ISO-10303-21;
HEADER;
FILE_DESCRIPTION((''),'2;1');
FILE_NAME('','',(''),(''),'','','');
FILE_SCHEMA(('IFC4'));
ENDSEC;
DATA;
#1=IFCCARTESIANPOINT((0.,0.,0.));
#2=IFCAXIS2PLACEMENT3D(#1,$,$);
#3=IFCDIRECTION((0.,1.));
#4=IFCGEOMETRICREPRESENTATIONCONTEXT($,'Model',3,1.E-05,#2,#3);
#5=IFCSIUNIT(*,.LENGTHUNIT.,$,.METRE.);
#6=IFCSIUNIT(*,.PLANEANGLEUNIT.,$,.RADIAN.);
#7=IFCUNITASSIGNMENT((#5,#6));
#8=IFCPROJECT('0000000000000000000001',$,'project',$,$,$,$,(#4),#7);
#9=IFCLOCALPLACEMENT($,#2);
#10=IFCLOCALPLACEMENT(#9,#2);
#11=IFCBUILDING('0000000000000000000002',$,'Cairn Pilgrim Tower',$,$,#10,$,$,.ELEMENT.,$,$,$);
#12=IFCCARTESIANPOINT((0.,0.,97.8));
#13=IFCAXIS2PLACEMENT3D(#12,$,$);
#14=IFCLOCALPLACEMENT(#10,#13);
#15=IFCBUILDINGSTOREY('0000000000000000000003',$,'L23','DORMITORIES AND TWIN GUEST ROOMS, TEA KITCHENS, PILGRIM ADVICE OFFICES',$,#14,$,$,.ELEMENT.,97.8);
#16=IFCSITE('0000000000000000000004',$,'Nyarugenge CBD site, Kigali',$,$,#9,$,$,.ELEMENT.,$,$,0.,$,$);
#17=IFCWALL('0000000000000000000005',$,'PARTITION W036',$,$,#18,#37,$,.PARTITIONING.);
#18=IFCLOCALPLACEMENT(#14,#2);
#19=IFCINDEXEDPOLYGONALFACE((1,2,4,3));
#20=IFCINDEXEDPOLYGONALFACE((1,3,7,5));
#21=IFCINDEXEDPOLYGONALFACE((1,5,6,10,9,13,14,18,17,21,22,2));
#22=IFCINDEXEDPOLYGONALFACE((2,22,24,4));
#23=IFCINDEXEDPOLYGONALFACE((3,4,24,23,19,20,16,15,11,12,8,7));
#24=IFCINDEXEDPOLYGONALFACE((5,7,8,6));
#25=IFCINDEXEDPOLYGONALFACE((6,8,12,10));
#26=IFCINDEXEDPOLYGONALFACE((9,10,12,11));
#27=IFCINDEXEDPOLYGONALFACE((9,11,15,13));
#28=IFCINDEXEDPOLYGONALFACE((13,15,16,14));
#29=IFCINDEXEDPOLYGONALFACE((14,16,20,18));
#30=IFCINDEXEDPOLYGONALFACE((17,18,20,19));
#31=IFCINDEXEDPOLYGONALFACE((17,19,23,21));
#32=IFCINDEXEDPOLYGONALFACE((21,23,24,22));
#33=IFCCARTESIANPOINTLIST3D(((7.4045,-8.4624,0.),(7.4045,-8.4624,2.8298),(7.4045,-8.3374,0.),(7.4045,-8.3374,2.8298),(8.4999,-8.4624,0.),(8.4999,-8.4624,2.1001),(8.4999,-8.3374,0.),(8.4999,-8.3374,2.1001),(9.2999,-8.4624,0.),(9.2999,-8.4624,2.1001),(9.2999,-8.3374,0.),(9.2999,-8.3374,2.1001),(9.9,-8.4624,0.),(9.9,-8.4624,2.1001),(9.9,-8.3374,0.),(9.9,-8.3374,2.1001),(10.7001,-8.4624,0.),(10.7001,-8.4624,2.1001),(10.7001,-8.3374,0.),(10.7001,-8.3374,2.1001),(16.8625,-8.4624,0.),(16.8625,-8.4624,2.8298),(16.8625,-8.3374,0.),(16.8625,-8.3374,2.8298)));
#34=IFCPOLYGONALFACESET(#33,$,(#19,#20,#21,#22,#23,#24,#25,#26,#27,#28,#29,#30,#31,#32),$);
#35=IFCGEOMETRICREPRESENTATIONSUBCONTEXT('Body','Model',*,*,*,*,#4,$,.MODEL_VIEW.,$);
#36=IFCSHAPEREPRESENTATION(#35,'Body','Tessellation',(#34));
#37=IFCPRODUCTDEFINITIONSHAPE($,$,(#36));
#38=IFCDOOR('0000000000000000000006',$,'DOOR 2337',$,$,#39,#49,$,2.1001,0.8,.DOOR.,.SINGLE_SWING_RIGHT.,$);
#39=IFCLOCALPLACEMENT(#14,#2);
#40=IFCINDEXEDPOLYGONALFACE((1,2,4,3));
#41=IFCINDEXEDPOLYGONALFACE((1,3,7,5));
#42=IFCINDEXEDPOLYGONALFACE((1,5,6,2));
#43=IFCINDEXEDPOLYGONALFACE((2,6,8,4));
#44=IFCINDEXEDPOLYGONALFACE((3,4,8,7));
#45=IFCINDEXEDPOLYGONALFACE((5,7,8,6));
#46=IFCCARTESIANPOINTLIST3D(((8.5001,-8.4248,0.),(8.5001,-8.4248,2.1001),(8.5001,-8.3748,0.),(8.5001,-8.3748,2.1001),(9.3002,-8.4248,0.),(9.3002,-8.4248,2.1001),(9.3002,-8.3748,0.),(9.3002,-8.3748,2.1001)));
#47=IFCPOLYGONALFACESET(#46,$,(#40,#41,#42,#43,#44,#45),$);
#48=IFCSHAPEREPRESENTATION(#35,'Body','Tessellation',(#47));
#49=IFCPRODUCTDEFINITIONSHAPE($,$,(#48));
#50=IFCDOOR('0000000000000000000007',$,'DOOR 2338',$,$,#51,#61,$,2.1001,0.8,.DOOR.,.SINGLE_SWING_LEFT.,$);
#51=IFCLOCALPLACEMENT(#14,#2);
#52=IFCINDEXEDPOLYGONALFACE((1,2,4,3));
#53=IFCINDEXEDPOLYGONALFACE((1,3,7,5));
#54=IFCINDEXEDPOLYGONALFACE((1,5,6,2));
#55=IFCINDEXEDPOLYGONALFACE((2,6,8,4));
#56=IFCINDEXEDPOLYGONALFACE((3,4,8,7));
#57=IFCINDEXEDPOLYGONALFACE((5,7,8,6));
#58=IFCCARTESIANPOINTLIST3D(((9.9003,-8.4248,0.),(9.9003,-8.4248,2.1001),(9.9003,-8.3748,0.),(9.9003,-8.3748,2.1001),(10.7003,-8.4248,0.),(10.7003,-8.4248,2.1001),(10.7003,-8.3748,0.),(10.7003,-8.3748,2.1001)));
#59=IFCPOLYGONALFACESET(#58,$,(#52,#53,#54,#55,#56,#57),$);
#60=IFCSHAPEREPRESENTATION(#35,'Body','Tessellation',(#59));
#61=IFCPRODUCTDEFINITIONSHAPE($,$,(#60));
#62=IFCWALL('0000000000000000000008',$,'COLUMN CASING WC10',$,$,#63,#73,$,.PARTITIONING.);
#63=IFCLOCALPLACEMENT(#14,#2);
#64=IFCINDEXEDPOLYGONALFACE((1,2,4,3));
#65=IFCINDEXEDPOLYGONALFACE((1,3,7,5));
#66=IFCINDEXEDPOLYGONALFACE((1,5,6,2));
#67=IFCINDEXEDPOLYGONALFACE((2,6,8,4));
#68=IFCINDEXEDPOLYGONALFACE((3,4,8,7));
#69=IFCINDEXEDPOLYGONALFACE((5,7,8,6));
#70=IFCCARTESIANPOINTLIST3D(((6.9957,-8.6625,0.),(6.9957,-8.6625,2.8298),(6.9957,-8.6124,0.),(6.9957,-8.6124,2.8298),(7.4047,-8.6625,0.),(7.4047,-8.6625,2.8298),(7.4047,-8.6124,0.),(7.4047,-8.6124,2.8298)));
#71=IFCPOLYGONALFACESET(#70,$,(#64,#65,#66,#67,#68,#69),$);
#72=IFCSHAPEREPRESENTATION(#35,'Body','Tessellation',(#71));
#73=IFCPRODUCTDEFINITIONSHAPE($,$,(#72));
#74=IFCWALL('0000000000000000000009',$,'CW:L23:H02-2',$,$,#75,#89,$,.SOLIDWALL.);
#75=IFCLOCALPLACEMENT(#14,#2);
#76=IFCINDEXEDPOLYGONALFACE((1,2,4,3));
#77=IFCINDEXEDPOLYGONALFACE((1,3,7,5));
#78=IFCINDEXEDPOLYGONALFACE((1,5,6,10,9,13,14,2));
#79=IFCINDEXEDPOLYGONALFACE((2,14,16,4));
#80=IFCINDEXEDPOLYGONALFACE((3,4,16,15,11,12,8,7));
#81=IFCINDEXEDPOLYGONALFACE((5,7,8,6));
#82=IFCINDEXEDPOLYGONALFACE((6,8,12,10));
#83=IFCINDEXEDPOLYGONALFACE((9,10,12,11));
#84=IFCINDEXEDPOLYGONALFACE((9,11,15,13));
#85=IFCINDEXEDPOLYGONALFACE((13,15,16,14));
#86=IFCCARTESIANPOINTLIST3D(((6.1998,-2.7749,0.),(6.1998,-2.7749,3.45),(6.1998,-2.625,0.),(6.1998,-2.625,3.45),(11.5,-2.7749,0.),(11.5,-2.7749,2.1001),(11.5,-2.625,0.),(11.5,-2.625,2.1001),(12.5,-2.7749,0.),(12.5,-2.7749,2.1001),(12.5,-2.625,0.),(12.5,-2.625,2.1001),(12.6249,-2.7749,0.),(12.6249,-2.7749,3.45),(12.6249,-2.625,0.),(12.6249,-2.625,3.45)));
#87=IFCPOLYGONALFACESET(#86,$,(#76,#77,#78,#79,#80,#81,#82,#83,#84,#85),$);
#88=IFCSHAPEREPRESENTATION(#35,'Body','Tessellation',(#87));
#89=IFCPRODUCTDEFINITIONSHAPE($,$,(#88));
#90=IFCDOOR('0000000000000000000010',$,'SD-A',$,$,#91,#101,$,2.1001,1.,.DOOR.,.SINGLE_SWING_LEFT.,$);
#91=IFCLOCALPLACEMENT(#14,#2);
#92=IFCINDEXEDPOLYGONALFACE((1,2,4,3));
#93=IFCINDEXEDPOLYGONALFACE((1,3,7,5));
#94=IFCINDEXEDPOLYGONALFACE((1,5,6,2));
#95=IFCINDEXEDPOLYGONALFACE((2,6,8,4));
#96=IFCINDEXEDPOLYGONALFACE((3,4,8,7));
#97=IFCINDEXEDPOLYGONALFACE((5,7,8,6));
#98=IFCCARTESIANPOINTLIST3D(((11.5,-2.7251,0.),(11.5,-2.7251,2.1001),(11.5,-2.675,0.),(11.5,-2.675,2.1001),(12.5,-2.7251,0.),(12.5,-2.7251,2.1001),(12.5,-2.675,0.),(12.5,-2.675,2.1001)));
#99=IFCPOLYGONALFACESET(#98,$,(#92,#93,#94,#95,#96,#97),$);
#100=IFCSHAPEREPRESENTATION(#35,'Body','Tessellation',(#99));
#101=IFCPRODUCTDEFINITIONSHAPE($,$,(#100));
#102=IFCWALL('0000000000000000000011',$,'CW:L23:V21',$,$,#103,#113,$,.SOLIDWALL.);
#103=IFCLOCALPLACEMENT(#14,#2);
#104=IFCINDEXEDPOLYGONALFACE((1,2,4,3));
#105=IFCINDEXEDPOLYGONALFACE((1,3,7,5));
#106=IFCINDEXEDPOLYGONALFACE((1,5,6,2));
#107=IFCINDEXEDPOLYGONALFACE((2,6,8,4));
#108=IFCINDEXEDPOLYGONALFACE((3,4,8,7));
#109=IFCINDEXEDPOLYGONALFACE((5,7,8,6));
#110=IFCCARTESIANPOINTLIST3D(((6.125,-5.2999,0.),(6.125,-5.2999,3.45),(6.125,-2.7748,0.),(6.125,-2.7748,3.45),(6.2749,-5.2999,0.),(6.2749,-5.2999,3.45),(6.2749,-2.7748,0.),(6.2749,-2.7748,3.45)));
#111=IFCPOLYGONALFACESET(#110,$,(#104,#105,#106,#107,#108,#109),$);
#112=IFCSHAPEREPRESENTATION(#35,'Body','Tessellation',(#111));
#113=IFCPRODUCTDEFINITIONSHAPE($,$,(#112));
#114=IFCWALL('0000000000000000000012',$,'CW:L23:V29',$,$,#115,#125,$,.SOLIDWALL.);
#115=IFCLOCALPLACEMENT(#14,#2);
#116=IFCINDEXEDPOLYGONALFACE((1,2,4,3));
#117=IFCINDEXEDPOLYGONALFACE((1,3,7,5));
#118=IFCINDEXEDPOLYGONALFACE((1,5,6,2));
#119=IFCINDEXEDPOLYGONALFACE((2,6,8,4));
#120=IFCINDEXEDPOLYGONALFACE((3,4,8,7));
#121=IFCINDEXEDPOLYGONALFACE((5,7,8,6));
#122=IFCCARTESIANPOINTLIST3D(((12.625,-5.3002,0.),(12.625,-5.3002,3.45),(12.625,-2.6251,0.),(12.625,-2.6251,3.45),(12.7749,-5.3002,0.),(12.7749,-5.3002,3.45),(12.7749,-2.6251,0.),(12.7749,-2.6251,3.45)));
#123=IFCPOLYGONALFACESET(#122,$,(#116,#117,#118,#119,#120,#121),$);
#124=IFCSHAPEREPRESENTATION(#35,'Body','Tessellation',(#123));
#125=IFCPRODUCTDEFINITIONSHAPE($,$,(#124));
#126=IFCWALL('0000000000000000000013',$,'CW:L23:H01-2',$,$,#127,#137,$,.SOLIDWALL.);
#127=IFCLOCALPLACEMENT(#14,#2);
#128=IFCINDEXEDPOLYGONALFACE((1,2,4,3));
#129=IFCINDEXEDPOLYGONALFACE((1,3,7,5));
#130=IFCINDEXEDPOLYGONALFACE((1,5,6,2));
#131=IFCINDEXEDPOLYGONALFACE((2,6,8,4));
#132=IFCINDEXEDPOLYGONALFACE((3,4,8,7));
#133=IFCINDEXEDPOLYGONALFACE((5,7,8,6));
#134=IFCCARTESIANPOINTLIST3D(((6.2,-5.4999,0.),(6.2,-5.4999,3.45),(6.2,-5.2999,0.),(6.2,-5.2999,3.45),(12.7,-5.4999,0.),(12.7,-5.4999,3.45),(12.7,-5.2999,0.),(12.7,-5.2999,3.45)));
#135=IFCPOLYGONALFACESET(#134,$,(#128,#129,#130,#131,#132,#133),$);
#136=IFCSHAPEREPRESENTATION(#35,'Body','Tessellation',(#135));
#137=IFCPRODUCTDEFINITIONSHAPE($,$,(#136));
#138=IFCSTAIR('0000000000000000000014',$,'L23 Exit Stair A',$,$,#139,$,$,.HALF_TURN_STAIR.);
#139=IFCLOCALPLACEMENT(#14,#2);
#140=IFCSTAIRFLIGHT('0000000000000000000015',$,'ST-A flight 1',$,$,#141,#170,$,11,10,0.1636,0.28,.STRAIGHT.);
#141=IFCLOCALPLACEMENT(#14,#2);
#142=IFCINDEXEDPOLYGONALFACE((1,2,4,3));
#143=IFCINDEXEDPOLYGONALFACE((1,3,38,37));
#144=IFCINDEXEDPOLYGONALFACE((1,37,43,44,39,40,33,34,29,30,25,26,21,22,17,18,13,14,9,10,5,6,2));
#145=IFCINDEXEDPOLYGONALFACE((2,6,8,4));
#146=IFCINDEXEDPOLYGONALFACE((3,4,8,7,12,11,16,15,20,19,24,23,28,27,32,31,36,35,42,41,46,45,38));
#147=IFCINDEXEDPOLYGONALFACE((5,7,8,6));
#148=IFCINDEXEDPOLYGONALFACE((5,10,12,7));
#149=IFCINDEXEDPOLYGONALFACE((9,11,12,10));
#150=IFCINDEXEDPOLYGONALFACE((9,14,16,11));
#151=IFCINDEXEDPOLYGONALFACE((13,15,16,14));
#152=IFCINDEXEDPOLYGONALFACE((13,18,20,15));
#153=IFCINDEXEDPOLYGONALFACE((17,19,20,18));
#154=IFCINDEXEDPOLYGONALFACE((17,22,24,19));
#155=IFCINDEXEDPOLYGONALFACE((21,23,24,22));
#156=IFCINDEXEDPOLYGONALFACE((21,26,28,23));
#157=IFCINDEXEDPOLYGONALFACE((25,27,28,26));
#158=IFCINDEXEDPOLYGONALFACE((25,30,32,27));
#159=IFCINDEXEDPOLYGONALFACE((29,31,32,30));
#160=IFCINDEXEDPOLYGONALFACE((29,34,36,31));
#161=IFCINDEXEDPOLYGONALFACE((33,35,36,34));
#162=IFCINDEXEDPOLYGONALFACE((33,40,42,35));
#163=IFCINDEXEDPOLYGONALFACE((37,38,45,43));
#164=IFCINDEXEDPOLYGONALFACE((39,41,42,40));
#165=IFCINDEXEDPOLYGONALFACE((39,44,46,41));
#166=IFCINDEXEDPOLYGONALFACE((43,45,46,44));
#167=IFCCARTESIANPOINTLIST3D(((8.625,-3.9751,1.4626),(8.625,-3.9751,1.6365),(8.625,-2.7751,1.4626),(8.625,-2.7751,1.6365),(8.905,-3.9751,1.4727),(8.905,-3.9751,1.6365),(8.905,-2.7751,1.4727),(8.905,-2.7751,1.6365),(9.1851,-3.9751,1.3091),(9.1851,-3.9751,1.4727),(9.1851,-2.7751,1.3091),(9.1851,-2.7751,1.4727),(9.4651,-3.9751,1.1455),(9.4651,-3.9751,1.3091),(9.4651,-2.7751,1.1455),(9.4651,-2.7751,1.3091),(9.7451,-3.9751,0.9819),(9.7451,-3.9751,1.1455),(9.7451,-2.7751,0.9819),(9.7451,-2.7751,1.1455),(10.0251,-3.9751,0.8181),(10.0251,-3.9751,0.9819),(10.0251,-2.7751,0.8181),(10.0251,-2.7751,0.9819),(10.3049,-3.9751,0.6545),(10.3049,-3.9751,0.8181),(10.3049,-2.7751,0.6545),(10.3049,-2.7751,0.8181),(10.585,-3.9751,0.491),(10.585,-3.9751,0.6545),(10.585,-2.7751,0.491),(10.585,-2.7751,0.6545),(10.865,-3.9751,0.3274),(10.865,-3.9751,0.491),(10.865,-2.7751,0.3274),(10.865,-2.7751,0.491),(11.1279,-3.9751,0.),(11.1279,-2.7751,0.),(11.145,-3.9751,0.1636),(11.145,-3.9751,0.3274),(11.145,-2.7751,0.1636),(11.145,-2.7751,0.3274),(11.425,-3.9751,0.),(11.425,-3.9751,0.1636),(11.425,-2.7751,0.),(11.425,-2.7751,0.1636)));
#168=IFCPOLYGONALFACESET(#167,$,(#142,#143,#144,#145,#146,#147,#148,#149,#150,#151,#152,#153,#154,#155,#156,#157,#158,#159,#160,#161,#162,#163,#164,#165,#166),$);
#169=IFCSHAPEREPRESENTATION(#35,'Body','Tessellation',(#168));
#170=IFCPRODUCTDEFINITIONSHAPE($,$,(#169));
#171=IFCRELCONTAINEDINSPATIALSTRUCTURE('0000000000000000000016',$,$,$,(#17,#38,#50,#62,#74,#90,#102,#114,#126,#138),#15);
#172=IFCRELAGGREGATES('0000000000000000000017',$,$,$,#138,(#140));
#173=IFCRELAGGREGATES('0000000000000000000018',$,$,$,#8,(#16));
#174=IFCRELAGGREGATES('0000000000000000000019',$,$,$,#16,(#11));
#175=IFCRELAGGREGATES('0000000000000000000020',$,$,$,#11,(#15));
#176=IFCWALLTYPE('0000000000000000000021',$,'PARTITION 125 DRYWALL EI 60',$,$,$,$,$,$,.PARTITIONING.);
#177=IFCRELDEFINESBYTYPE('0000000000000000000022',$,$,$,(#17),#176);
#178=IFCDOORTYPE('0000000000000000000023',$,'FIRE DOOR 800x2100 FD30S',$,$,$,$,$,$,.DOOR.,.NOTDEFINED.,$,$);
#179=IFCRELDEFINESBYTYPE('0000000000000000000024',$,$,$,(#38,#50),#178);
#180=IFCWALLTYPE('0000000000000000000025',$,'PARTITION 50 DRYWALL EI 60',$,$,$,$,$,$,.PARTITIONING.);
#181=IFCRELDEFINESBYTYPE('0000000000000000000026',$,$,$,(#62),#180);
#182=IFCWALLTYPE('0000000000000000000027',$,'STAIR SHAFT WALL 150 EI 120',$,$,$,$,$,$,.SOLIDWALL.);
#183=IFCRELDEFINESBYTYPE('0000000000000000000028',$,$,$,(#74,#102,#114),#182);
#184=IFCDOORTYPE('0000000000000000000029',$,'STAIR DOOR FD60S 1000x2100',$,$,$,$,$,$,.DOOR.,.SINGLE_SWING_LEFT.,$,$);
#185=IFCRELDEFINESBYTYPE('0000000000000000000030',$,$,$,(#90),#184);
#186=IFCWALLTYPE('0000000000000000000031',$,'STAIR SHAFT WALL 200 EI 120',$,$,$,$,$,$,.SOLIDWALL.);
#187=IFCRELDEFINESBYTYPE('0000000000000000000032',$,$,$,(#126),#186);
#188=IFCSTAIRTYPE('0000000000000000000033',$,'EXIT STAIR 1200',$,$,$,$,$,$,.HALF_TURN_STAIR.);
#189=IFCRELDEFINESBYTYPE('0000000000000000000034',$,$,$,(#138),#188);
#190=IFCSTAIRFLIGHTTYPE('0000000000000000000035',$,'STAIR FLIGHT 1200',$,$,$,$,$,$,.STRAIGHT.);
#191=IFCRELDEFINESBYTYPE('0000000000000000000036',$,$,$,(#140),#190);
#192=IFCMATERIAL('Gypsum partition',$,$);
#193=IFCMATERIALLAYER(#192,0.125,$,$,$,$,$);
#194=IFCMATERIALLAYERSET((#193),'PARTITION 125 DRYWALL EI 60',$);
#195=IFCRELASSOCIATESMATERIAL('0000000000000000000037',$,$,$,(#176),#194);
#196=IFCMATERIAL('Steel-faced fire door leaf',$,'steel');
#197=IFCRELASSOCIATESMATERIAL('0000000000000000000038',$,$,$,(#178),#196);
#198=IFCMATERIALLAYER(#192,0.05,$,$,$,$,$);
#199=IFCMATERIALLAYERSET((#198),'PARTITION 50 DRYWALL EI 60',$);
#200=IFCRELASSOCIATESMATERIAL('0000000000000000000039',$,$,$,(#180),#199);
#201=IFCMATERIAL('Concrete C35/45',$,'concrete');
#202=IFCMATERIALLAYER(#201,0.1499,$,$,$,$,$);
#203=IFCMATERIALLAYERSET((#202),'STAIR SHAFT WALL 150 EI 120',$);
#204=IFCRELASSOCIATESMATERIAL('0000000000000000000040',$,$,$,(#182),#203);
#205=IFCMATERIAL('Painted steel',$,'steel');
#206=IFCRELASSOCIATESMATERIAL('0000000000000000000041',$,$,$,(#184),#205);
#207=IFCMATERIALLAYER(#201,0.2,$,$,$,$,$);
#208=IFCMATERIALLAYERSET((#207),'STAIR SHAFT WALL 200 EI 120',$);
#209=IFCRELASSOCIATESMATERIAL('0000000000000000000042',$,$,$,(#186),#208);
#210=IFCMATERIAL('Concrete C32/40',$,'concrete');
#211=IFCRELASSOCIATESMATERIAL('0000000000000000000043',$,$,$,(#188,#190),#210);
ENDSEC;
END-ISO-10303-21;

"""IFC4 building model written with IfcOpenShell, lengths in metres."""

from ifc_helpers import new_model, si_unit, direction, frame, frame_2d, origin, place, context, subcontext, project, spatial, polyline, rectangle, outline, extrude, material, layer, layer_set, type_object, element, fill, aggregate, save


model = new_model("IFC4")

# Units and contexts
model_context = context("Model", 3, precision=1e-05, world=origin(), true_north=direction((0.0, 1.0)))
body_context = subcontext(model_context, "Body", "Model", "MODEL_VIEW")
ifc_project = project(units=[si_unit("LENGTHUNIT", "METRE"), si_unit("PLANEANGLEUNIT", "RADIAN")], contexts=[model_context])

# Site, building, storey
site_placement = place(None, origin())
site = spatial("IfcSite", under=ifc_project, at=site_placement, Name="Nyarugenge CBD site, Kigali", CompositionType="ELEMENT", RefElevation=0.0)
building_placement = place(site_placement, origin())
building = spatial("IfcBuilding", under=site, at=building_placement, Name="Cairn Pilgrim Tower", CompositionType="ELEMENT")
storey_placement = place(building_placement, frame((0.0, 0.0, 97.8)))
storey = spatial("IfcBuildingStorey", under=building, at=storey_placement, Name="L23", Description="DORMITORIES AND TWIN GUEST ROOMS, TEA KITCHENS, PILGRIM ADVICE OFFICES", CompositionType="ELEMENT", Elevation=97.8)

# Shared definitions
ifc_material_1 = material(Name="Concrete C32/40", Category="concrete")

# Shared definitions
ifc_material_2 = material(Name="Painted steel", Category="steel")

# Shared definitions
ifc_material_3 = material(Name="Gypsum partition")
ifc_layer_1 = layer(ifc_material_3, 0.125)
ifc_layer_set_1 = layer_set([ifc_layer_1], Name="PARTITION 125 DRYWALL EI 60")
wall_type_1 = type_object("IfcWallType", Name="PARTITION 125 DRYWALL EI 60", PredefinedType="PARTITIONING", material=ifc_layer_set_1)

# Wall, openings, doors
wall_1_placement = place(storey_placement, frame((7.4045, -8.3999, 0.0), z_axis=(0.0, 0.0, 1.0), x_axis=(1.0, 0.0, 0.0)))
wall_1 = element("IfcWall", 1, at=wall_1_placement, inside=storey, type_object=wall_type_1, Name="PARTITION W036", PredefinedType="PARTITIONING", context=body_context, shape_type="SweptSolid", body=[
    extrude(rectangle(XDim=9.458, YDim=0.125, at=frame_2d((4.729, 0.0))), origin(), (0.0, 0.0, 1.0), 2.8298),
])
opening_1_placement = place(wall_1_placement, frame((1.0955, 0.0, 0.0)))
opening_1 = element("IfcOpeningElement", 2, at=opening_1_placement, cuts=wall_1, PredefinedType="OPENING", context=body_context, shape_type="SweptSolid", body=[
    extrude(rectangle(XDim=0.8, YDim=2.1001, at=frame_2d((0.3999, 1.05))), frame((0.0, 0.0725, 0.0), z_axis=(0.0, -1.0, 0.0), x_axis=(1.0, 0.0, 0.0)), (0.0, 0.0, 1.0), 0.145),
])
opening_2_placement = place(wall_1_placement, frame((2.4956, 0.0, 0.0)))
opening_2 = element("IfcOpeningElement", 3, at=opening_2_placement, cuts=wall_1, PredefinedType="OPENING", context=body_context, shape_type="SweptSolid", body=[
    extrude(rectangle(XDim=0.8, YDim=2.1001, at=frame_2d((0.3999, 1.05))), frame((0.0, 0.0725, 0.0), z_axis=(0.0, -1.0, 0.0), x_axis=(1.0, 0.0, 0.0)), (0.0, 0.0, 1.0), 0.145),
])
ifc_material_4 = material(Name="Steel-faced fire door leaf", Category="steel")
door_type_1 = type_object("IfcDoorType", Name="FIRE DOOR 800x2100 FD30S", OperationType="NOTDEFINED", PredefinedType="DOOR", material=ifc_material_4)
door_1_placement = place(opening_1_placement, frame((0.8, 0.0, 0.0), z_axis=(0.0, 0.0, 1.0), x_axis=(-1.0, 0.0, 0.0)))
door_1 = element("IfcDoor", 4, at=door_1_placement, inside=storey, type_object=door_type_1, Name="DOOR 2337", OperationType="SINGLE_SWING_RIGHT", OverallHeight=2.1001, OverallWidth=0.8, PredefinedType="DOOR", context=body_context, shape_type="SweptSolid", body=[
    extrude(rectangle(XDim=0.8, YDim=2.1001, at=frame_2d((0.3999, 1.05))), frame((0.0, 0.0249, 0.0), z_axis=(0.0, -1.0, 0.0), x_axis=(1.0, 0.0, 0.0)), (0.0, 0.0, 1.0), 0.05),
])
fill(opening_1, door_1)
door_2_placement = place(opening_2_placement, frame((0.8, 0.0, 0.0), z_axis=(0.0, 0.0, 1.0), x_axis=(-1.0, 0.0, 0.0)))
door_2 = element("IfcDoor", 5, at=door_2_placement, inside=storey, type_object=door_type_1, Name="DOOR 2338", OperationType="SINGLE_SWING_LEFT", OverallHeight=2.1001, OverallWidth=0.8, PredefinedType="DOOR", context=body_context, shape_type="SweptSolid", body=[
    extrude(rectangle(XDim=0.8, YDim=2.1001, at=frame_2d((0.3999, 1.05))), frame((0.0, 0.0249, 0.0), z_axis=(0.0, -1.0, 0.0), x_axis=(1.0, 0.0, 0.0)), (0.0, 0.0, 1.0), 0.05),
])
fill(opening_2, door_2)

# Wall
ifc_layer_2 = layer(ifc_material_3, 0.05)
ifc_layer_set_2 = layer_set([ifc_layer_2], Name="PARTITION 50 DRYWALL EI 60")
wall_type_2 = type_object("IfcWallType", Name="PARTITION 50 DRYWALL EI 60", PredefinedType="PARTITIONING", material=ifc_layer_set_2)
wall_2_placement = place(storey_placement, frame((6.9956, -8.6375, 0.0), z_axis=(0.0, 0.0, 1.0), x_axis=(1.0, 0.0, 0.0)))
element("IfcWall", 6, at=wall_2_placement, inside=storey, type_object=wall_type_2, Name="COLUMN CASING WC10", PredefinedType="PARTITIONING", context=body_context, shape_type="SweptSolid", body=[
    extrude(rectangle(XDim=0.4089, YDim=0.05, at=frame_2d((0.2046, 0.0))), origin(), (0.0, 0.0, 1.0), 2.8298),
])

# Wall, opening, door
ifc_material_5 = material(Name="Concrete C35/45", Category="concrete")
ifc_layer_3 = layer(ifc_material_5, 0.1499)
ifc_layer_set_3 = layer_set([ifc_layer_3], Name="STAIR SHAFT WALL 150 EI 120")
wall_type_3 = type_object("IfcWallType", Name="STAIR SHAFT WALL 150 EI 120", PredefinedType="SOLIDWALL", material=ifc_layer_set_3)
wall_3_placement = place(storey_placement, frame((6.2, -2.7, 0.0), z_axis=(0.0, 0.0, 1.0), x_axis=(1.0, 0.0, 0.0)))
wall_3 = element("IfcWall", 7, at=wall_3_placement, inside=storey, type_object=wall_type_3, Name="CW:L23:H02-2", PredefinedType="SOLIDWALL", context=body_context, shape_type="SweptSolid", body=[
    extrude(rectangle(XDim=6.425, YDim=0.1499, at=frame_2d((3.2124, 0.0))), origin(), (0.0, 0.0, 1.0), 3.45),
])
opening_3_placement = place(wall_3_placement, frame((5.3, 0.0, 0.0)))
opening_3 = element("IfcOpeningElement", 8, at=opening_3_placement, cuts=wall_3, PredefinedType="OPENING", context=body_context, shape_type="SweptSolid", body=[
    extrude(rectangle(XDim=1.0, YDim=2.1001, at=frame_2d((0.5, 1.05))), frame((0.0, 0.085, 0.0), z_axis=(0.0, -1.0, 0.0), x_axis=(1.0, 0.0, 0.0)), (0.0, 0.0, 1.0), 0.1699),
])
door_type_2 = type_object("IfcDoorType", Name="STAIR DOOR FD60S 1000x2100", OperationType="SINGLE_SWING_LEFT", PredefinedType="DOOR", material=ifc_material_2)
door_3_placement = place(opening_3_placement, origin())
door_3 = element("IfcDoor", 9, at=door_3_placement, inside=storey, type_object=door_type_2, Name="SD-A", OperationType="SINGLE_SWING_LEFT", OverallHeight=2.1001, OverallWidth=1.0, PredefinedType="DOOR", context=body_context, shape_type="SweptSolid", body=[
    extrude(rectangle(XDim=1.0, YDim=2.1001, at=frame_2d((0.5, 1.05))), frame((0.0, 0.0249, 0.0), z_axis=(0.0, -1.0, 0.0), x_axis=(1.0, 0.0, 0.0)), (0.0, 0.0, 1.0), 0.05),
])
fill(opening_3, door_3)

# Walls
wall_4_placement = place(storey_placement, frame((6.2, -5.3, 0.0), z_axis=(0.0, 0.0, 1.0), x_axis=(0.0, 1.0, 0.0)))
element("IfcWall", 10, at=wall_4_placement, inside=storey, type_object=wall_type_3, Name="CW:L23:V21", PredefinedType="SOLIDWALL", context=body_context, shape_type="SweptSolid", body=[
    extrude(rectangle(XDim=2.5251, YDim=0.1499, at=frame_2d((1.2627, 0.0))), origin(), (0.0, 0.0, 1.0), 3.45),
])
wall_5_placement = place(storey_placement, frame((12.7, -5.3, 0.0), z_axis=(0.0, 0.0, 1.0), x_axis=(0.0, 1.0, 0.0)))
element("IfcWall", 11, at=wall_5_placement, inside=storey, type_object=wall_type_3, Name="CW:L23:V29", PredefinedType="SOLIDWALL", context=body_context, shape_type="SweptSolid", body=[
    extrude(rectangle(XDim=2.675, YDim=0.1499, at=frame_2d((1.3374, 0.0))), origin(), (0.0, 0.0, 1.0), 3.45),
])
ifc_layer_4 = layer(ifc_material_5, 0.2)
ifc_layer_set_4 = layer_set([ifc_layer_4], Name="STAIR SHAFT WALL 200 EI 120")
wall_type_4 = type_object("IfcWallType", Name="STAIR SHAFT WALL 200 EI 120", PredefinedType="SOLIDWALL", material=ifc_layer_set_4)
wall_6_placement = place(storey_placement, frame((6.2, -5.3999, 0.0), z_axis=(0.0, 0.0, 1.0), x_axis=(1.0, 0.0, 0.0)))
element("IfcWall", 12, at=wall_6_placement, inside=storey, type_object=wall_type_4, Name="CW:L23:H01-2", PredefinedType="SOLIDWALL", context=body_context, shape_type="SweptSolid", body=[
    extrude(rectangle(XDim=6.5, YDim=0.2, at=frame_2d((3.25, 0.0))), origin(), (0.0, 0.0, 1.0), 3.45),
])

# Stair, stair flight
stair_type = type_object("IfcStairType", Name="EXIT STAIR 1200", PredefinedType="HALF_TURN_STAIR", material=ifc_material_1)
stair_placement = place(storey_placement, origin())
stair = element("IfcStair", 13, at=stair_placement, inside=storey, type_object=stair_type, Name="L23 Exit Stair A", PredefinedType="HALF_TURN_STAIR")
stair_flight_type = type_object("IfcStairFlightType", Name="STAIR FLIGHT 1200", PredefinedType="STRAIGHT", material=ifc_material_1)
stair_flight_1_placement = place(storey_placement, frame((11.425, -3.375, 0.0), z_axis=(0.0, 0.0, 1.0), x_axis=(-1.0, 0.0, 0.0)))
stair_flight_1 = element("IfcStairFlight", 14, at=stair_flight_1_placement, type_object=stair_flight_type, Name="ST-A flight 1", NumberOfRisers=11, NumberOfTreads=10, PredefinedType="STRAIGHT", RiserHeight=0.1636, TreadLength=0.28, context=body_context, shape_type="SweptSolid", body=[
    extrude(outline(polyline([(0.0, 0.0), (0.0, 0.1636), (0.28, 0.1636), (0.28, 0.3274), (0.5601, 0.3274), (0.5601, 0.491), (0.8401, 0.491), (0.8401, 0.6545), (1.1201, 0.6545), (1.1201, 0.8181), (1.3999, 0.8181), (1.3999, 0.9819), (1.6799, 0.9819), (1.6799, 1.1455), (1.96, 1.1455), (1.96, 1.3091), (2.24, 1.3091), (2.24, 1.4727), (2.52, 1.4727), (2.52, 1.6365), (2.8, 1.6365), (2.8, 1.8), (2.8, 1.4626), (0.2971, 0.0), (0.0, 0.0)])), frame((0.0, 0.6001, 0.0), z_axis=(0.0, -1.0, 0.0), x_axis=(1.0, 0.0, 0.0)), (0.0, 0.0, 1.0), 1.2),
])
aggregate(stair, [stair_flight_1])

save(model, "model.ifc")
